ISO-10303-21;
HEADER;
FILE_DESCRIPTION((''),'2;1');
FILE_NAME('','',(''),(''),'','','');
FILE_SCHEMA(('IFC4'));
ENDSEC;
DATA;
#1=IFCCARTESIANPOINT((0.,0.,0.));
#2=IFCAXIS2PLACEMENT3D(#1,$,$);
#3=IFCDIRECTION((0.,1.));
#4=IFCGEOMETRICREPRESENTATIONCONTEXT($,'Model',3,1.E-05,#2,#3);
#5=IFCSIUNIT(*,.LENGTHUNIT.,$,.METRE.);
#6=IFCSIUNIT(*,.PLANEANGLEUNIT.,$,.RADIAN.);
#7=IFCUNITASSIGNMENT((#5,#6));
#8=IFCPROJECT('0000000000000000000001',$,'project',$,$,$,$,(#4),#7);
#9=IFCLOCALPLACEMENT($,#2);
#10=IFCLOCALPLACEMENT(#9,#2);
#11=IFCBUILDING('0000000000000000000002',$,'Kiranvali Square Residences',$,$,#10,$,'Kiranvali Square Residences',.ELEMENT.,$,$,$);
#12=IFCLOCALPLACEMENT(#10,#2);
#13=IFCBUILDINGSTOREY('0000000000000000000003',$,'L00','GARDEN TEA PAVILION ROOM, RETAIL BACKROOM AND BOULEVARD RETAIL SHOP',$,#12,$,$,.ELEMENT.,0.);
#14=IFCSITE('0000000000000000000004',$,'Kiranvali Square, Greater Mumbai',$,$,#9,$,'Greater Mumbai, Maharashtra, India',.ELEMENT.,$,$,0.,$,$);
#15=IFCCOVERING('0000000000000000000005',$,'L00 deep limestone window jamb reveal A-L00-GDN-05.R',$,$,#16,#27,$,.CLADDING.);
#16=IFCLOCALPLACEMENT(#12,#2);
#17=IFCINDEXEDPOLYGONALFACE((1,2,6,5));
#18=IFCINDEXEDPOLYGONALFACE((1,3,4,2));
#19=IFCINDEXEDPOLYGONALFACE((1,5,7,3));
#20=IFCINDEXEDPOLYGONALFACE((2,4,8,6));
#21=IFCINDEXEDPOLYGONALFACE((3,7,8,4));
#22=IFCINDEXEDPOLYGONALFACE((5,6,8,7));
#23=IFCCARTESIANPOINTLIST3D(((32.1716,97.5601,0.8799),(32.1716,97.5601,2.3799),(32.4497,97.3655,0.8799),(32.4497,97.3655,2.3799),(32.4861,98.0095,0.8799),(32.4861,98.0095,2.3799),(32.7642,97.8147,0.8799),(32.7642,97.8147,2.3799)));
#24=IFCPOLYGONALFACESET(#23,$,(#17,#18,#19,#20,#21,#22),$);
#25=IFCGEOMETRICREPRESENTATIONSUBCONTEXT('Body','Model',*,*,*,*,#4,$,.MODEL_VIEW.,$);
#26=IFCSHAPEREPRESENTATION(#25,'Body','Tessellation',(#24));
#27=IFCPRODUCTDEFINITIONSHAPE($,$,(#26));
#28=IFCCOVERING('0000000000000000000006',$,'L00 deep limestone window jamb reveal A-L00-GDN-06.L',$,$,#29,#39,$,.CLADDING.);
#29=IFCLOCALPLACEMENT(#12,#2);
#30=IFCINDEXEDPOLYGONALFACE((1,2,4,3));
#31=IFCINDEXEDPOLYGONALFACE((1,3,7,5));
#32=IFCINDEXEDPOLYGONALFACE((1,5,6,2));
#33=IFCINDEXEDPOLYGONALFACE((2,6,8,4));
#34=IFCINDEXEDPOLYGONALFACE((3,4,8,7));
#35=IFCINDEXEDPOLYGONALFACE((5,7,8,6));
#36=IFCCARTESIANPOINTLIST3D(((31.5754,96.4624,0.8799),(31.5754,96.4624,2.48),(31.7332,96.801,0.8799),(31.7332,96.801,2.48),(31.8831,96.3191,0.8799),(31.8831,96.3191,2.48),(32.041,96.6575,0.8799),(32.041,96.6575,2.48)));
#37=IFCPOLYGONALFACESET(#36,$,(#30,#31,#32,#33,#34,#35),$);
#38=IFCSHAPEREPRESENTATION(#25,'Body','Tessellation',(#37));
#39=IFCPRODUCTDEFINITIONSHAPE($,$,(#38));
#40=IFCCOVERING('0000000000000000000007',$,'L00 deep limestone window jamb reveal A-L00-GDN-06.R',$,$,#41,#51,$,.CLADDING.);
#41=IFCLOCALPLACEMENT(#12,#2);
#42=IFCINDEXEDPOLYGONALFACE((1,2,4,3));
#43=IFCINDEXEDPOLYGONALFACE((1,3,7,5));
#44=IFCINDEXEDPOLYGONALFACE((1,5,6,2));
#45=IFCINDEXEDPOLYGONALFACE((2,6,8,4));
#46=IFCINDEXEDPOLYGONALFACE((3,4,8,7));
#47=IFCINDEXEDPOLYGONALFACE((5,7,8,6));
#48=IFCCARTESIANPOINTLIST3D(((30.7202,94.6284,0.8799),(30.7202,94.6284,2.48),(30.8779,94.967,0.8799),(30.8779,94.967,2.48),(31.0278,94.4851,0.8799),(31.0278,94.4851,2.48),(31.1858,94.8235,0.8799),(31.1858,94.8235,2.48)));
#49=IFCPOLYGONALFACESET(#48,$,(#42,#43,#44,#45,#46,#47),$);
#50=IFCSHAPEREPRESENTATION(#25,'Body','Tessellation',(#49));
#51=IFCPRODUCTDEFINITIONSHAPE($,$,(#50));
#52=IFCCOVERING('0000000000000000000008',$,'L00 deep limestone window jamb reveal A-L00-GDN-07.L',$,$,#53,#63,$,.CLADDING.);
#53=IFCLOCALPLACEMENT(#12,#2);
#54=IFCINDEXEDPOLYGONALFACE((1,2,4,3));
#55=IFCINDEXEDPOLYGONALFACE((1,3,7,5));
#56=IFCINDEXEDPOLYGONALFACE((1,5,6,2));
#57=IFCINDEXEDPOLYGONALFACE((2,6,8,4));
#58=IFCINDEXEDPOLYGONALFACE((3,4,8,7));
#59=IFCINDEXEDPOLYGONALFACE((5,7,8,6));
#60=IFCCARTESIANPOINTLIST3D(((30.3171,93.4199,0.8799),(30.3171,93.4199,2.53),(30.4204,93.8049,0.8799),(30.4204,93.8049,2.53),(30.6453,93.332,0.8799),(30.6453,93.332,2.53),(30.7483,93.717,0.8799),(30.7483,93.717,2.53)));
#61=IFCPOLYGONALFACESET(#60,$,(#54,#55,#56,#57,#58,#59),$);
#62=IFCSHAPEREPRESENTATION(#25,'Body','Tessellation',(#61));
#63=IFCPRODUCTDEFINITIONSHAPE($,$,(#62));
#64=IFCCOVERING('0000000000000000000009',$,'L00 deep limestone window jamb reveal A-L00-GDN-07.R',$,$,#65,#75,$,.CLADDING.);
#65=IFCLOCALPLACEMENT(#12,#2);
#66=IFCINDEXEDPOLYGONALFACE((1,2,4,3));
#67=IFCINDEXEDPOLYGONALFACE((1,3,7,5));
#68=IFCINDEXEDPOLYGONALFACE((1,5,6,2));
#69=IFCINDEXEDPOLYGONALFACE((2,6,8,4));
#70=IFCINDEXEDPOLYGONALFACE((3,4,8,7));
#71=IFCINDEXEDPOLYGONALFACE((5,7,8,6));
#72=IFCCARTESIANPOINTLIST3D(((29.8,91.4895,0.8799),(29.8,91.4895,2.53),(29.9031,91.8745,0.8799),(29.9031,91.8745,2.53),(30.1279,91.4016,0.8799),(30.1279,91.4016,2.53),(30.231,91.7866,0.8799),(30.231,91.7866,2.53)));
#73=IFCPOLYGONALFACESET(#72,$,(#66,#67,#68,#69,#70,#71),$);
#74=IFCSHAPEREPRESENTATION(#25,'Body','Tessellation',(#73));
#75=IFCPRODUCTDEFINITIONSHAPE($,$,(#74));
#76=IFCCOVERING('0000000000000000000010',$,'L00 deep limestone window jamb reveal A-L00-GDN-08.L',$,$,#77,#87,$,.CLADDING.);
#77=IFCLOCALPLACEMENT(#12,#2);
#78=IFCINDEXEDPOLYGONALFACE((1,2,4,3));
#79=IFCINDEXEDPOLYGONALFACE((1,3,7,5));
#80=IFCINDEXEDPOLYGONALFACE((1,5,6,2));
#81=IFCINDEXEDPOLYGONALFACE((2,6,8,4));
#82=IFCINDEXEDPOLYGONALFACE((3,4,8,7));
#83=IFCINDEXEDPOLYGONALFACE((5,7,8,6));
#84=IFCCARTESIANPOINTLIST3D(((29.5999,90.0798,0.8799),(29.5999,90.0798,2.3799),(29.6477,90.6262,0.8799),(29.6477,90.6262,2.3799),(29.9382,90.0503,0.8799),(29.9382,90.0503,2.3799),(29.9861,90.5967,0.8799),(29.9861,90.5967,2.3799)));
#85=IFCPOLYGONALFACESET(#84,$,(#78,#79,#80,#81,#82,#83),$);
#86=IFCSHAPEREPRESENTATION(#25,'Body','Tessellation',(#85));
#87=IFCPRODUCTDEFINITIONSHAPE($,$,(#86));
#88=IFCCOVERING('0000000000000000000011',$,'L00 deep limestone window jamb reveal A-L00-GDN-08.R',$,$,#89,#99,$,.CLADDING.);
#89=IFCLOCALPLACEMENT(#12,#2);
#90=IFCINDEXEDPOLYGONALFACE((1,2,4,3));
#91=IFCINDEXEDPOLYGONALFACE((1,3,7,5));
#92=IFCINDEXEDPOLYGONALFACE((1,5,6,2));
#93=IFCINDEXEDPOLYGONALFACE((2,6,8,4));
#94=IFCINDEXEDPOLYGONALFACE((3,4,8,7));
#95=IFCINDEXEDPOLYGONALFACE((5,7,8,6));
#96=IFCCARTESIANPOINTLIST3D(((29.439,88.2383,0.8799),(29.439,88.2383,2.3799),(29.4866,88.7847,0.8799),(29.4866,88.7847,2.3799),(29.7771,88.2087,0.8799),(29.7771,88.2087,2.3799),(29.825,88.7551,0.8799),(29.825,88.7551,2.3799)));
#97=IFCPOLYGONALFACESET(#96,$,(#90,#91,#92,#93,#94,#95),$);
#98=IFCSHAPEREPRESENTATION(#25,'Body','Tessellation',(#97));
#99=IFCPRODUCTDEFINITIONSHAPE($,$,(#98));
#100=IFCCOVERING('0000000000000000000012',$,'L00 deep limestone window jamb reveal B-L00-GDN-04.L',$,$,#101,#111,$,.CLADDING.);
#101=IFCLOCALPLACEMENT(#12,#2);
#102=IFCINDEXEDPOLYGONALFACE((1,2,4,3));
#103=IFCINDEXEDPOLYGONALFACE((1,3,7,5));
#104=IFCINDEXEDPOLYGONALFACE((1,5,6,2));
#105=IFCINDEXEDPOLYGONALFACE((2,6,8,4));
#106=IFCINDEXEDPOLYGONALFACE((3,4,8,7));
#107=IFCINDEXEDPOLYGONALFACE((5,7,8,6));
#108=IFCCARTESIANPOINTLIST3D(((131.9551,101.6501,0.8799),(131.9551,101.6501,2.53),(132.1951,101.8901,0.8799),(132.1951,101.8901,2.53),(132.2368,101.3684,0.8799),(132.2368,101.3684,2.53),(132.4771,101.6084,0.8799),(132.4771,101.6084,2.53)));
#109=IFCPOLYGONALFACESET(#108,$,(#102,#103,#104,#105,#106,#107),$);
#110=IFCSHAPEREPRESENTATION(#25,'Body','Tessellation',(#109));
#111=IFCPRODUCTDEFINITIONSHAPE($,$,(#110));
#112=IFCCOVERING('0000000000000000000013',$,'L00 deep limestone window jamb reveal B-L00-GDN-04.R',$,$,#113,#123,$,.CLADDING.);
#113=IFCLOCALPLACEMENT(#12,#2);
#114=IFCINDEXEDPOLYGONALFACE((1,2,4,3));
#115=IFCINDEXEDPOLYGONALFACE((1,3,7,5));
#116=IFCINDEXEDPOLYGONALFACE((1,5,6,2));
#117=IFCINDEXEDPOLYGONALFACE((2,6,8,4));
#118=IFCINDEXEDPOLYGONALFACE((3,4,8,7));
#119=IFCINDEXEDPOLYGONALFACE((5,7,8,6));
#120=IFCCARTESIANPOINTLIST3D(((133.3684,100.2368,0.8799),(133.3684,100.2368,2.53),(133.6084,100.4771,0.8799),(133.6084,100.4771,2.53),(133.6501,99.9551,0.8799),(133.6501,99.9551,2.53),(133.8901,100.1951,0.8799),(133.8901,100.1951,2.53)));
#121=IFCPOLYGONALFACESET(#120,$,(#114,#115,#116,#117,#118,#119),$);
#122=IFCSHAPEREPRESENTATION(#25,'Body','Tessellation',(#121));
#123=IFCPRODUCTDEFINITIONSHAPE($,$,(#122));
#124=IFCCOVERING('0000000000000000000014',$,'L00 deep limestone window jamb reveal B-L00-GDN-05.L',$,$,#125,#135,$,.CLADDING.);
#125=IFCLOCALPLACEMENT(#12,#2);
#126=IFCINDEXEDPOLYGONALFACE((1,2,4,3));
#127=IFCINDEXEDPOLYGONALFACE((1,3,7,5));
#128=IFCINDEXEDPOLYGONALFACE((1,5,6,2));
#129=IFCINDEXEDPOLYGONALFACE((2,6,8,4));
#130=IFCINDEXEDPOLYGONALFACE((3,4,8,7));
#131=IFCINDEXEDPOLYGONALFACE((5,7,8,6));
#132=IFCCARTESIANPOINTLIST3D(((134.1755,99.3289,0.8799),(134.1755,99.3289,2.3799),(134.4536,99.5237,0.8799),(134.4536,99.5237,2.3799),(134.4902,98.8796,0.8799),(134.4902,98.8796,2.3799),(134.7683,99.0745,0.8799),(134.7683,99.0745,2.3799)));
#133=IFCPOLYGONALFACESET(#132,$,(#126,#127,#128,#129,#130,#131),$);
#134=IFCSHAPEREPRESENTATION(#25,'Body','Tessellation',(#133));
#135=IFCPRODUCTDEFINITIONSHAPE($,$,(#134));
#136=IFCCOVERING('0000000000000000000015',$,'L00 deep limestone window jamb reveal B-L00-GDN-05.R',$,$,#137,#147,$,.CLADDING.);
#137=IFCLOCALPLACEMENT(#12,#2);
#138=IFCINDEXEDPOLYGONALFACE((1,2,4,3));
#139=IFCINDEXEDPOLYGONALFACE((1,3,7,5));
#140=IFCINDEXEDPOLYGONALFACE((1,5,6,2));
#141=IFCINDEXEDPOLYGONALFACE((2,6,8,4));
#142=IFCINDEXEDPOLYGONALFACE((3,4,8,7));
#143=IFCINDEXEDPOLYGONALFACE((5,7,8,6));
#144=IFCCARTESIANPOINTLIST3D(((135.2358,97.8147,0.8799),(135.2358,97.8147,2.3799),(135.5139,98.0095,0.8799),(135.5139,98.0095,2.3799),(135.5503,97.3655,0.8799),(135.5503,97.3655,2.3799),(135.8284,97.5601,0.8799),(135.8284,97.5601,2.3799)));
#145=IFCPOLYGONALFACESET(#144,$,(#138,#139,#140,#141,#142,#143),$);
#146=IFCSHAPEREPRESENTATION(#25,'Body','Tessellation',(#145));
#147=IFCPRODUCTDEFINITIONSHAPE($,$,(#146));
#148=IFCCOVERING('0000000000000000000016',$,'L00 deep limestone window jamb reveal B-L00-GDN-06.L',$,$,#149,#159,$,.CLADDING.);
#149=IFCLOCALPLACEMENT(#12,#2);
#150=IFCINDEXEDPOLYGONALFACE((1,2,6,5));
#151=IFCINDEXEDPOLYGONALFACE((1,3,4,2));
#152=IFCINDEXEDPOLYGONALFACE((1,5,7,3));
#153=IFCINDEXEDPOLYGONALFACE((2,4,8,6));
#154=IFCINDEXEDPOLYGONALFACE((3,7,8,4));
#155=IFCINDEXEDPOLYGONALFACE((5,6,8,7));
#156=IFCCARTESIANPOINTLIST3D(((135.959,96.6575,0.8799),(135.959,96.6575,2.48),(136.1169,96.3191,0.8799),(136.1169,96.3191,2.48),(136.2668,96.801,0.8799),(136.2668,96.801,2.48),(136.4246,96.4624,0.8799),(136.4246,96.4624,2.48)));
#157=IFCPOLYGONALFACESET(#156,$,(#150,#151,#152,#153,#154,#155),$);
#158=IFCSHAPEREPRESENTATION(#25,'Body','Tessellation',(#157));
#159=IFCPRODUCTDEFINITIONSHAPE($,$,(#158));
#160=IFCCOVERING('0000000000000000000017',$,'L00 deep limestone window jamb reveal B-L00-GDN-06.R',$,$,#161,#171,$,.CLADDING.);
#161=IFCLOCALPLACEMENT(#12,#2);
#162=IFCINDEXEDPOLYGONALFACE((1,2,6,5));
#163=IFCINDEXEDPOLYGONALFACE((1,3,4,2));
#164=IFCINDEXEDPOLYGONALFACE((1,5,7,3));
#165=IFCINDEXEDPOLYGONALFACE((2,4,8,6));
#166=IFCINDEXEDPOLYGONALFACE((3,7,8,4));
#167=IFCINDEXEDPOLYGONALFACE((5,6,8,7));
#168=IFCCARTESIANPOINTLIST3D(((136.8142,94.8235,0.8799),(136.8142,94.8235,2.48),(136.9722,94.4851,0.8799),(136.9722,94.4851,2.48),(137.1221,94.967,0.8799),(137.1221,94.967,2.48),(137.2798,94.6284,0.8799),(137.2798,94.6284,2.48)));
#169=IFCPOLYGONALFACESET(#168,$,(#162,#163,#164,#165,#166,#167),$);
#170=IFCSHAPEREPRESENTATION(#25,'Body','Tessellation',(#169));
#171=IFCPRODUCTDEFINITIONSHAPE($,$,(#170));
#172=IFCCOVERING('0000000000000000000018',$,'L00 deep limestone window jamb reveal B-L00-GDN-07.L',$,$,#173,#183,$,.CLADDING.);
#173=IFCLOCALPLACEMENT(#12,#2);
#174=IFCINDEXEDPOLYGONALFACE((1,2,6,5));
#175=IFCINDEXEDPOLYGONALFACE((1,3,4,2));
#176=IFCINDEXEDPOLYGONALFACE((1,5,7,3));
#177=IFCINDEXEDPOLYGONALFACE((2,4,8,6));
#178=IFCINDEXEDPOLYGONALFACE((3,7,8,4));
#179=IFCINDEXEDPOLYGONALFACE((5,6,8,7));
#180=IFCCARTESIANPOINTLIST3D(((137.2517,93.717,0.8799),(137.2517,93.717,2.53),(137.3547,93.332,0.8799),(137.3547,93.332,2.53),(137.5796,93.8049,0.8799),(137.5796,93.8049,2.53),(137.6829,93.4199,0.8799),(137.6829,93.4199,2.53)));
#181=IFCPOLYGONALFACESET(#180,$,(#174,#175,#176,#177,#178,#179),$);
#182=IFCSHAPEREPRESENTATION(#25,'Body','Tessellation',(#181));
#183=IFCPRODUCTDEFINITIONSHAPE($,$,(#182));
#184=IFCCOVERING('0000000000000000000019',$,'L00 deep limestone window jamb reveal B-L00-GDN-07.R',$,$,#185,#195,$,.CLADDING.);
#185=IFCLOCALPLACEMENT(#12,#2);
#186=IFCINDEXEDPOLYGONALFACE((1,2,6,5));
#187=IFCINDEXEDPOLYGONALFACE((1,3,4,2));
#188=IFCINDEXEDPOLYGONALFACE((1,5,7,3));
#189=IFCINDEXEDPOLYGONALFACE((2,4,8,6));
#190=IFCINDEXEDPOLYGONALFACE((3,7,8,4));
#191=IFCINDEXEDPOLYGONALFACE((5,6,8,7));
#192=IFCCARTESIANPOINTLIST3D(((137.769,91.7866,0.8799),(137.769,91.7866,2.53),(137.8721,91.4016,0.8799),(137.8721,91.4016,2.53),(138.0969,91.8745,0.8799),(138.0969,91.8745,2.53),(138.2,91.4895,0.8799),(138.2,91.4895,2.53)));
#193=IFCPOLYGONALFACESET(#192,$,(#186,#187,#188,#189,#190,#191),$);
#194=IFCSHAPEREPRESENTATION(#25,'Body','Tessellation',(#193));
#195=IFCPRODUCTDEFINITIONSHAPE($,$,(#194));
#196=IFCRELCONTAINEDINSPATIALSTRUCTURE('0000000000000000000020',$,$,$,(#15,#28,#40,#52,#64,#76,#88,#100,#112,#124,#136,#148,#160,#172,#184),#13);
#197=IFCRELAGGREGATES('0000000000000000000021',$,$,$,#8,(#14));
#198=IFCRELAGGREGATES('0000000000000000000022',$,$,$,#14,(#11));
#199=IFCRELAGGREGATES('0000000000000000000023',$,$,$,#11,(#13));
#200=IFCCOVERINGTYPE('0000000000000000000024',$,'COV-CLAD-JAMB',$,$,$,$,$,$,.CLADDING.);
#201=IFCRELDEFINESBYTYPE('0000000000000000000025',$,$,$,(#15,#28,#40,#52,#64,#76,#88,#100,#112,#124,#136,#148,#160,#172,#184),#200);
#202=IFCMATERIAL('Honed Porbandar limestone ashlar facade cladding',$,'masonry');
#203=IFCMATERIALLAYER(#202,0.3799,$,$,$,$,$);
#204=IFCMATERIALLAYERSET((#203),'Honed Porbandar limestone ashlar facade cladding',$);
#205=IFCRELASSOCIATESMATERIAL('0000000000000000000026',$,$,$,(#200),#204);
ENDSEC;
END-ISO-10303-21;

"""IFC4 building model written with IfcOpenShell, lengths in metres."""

from ifc_helpers import new_model, si_unit, direction, frame, origin, place, context, subcontext, project, spatial, polyline, outline, extrude, material, layer, layer_set, type_object, element, save


model = new_model("IFC4")

# Units and contexts
model_context = context("Model", 3, precision=1e-05, world=origin(), true_north=direction((0.0, 1.0)))
body_context = subcontext(model_context, "Body", "Model", "MODEL_VIEW")
ifc_project = project(units=[si_unit("LENGTHUNIT", "METRE"), si_unit("PLANEANGLEUNIT", "RADIAN")], contexts=[model_context])

# Site, building, storey
site_placement = place(None, origin())
site = spatial("IfcSite", under=ifc_project, at=site_placement, Name="Kiranvali Square, Greater Mumbai", LongName="Greater Mumbai, Maharashtra, India", CompositionType="ELEMENT", RefElevation=0.0)
building_placement = place(site_placement, origin())
building = spatial("IfcBuilding", under=site, at=building_placement, Name="Kiranvali Square Residences", LongName="Kiranvali Square Residences", CompositionType="ELEMENT")
storey_placement = place(building_placement, origin())
storey = spatial("IfcBuildingStorey", under=building, at=storey_placement, Name="L00", Description="GARDEN TEA PAVILION ROOM, RETAIL BACKROOM AND BOULEVARD RETAIL SHOP", CompositionType="ELEMENT", Elevation=0.0)

# Coverings
ifc_material = material(Name="Honed Porbandar limestone ashlar facade cladding", Category="masonry")
ifc_layer_1 = layer(ifc_material, 0.3799)
ifc_layer_set_1 = layer_set([ifc_layer_1], Name="Honed Porbandar limestone ashlar facade cladding")
covering_type_1 = type_object("IfcCoveringType", Name="COV-CLAD-JAMB", PredefinedType="CLADDING", material=ifc_layer_set_1)
covering_1_placement = place(storey_placement, frame((0.0, 0.0, 0.8799)))
element("IfcCovering", 1, at=covering_1_placement, inside=storey, type_object=covering_type_1, Name="L00 deep limestone window jamb reveal A-L00-GDN-05.R", PredefinedType="CLADDING", context=body_context, shape_type="SweptSolid", body=[
    extrude(outline(polyline([(32.4861, 98.0095), (32.1716, 97.5601), (32.4497, 97.3655), (32.7642, 97.8147), (32.4861, 98.0095)])), origin(), (0.0, 0.0, 1.0), 1.5),
])
covering_2_placement = place(storey_placement, frame((0.0, 0.0, 0.8799)))
element("IfcCovering", 2, at=covering_2_placement, inside=storey, type_object=covering_type_1, Name="L00 deep limestone window jamb reveal A-L00-GDN-06.L", PredefinedType="CLADDING", context=body_context, shape_type="SweptSolid", body=[
    extrude(outline(polyline([(31.7332, 96.801), (31.5754, 96.4624), (31.8831, 96.3191), (32.041, 96.6575), (31.7332, 96.801)])), origin(), (0.0, 0.0, 1.0), 1.6001),
])
covering_3_placement = place(storey_placement, frame((0.0, 0.0, 0.8799)))
element("IfcCovering", 3, at=covering_3_placement, inside=storey, type_object=covering_type_1, Name="L00 deep limestone window jamb reveal A-L00-GDN-06.R", PredefinedType="CLADDING", context=body_context, shape_type="SweptSolid", body=[
    extrude(outline(polyline([(30.8779, 94.967), (30.7202, 94.6284), (31.0278, 94.4851), (31.1858, 94.8235), (30.8779, 94.967)])), origin(), (0.0, 0.0, 1.0), 1.6001),
])
covering_4_placement = place(storey_placement, frame((0.0, 0.0, 0.8799)))
element("IfcCovering", 4, at=covering_4_placement, inside=storey, type_object=covering_type_1, Name="L00 deep limestone window jamb reveal A-L00-GDN-07.L", PredefinedType="CLADDING", context=body_context, shape_type="SweptSolid", body=[
    extrude(outline(polyline([(30.4204, 93.8049), (30.3171, 93.4199), (30.6453, 93.332), (30.7483, 93.717), (30.4204, 93.8049)])), origin(), (0.0, 0.0, 1.0), 1.6501),
])
covering_5_placement = place(storey_placement, frame((0.0, 0.0, 0.8799)))
element("IfcCovering", 5, at=covering_5_placement, inside=storey, type_object=covering_type_1, Name="L00 deep limestone window jamb reveal A-L00-GDN-07.R", PredefinedType="CLADDING", context=body_context, shape_type="SweptSolid", body=[
    extrude(outline(polyline([(29.9031, 91.8745), (29.8, 91.4895), (30.1279, 91.4016), (30.231, 91.7866), (29.9031, 91.8745)])), origin(), (0.0, 0.0, 1.0), 1.6501),
])
covering_6_placement = place(storey_placement, frame((0.0, 0.0, 0.8799)))
element("IfcCovering", 6, at=covering_6_placement, inside=storey, type_object=covering_type_1, Name="L00 deep limestone window jamb reveal A-L00-GDN-08.L", PredefinedType="CLADDING", context=body_context, shape_type="SweptSolid", body=[
    extrude(outline(polyline([(29.6477, 90.6262), (29.5999, 90.0798), (29.9382, 90.0503), (29.9861, 90.5967), (29.6477, 90.6262)])), origin(), (0.0, 0.0, 1.0), 1.5),
])
covering_7_placement = place(storey_placement, frame((0.0, 0.0, 0.8799)))
element("IfcCovering", 7, at=covering_7_placement, inside=storey, type_object=covering_type_1, Name="L00 deep limestone window jamb reveal A-L00-GDN-08.R", PredefinedType="CLADDING", context=body_context, shape_type="SweptSolid", body=[
    extrude(outline(polyline([(29.4866, 88.7847), (29.439, 88.2383), (29.7771, 88.2087), (29.825, 88.7551), (29.4866, 88.7847)])), origin(), (0.0, 0.0, 1.0), 1.5),
])
covering_8_placement = place(storey_placement, frame((0.0, 0.0, 0.8799)))
element("IfcCovering", 8, at=covering_8_placement, inside=storey, type_object=covering_type_1, Name="L00 deep limestone window jamb reveal B-L00-GDN-04.L", PredefinedType="CLADDING", context=body_context, shape_type="SweptSolid", body=[
    extrude(outline(polyline([(131.9551, 101.6501), (132.2368, 101.3684), (132.4771, 101.6084), (132.1951, 101.8901), (131.9551, 101.6501)])), origin(), (0.0, 0.0, 1.0), 1.6501),
])
covering_9_placement = place(storey_placement, frame((0.0, 0.0, 0.8799)))
element("IfcCovering", 9, at=covering_9_placement, inside=storey, type_object=covering_type_1, Name="L00 deep limestone window jamb reveal B-L00-GDN-04.R", PredefinedType="CLADDING", context=body_context, shape_type="SweptSolid", body=[
    extrude(outline(polyline([(133.3684, 100.2368), (133.6501, 99.9551), (133.8901, 100.1951), (133.6084, 100.4771), (133.3684, 100.2368)])), origin(), (0.0, 0.0, 1.0), 1.6501),
])
covering_10_placement = place(storey_placement, frame((0.0, 0.0, 0.8799)))
element("IfcCovering", 10, at=covering_10_placement, inside=storey, type_object=covering_type_1, Name="L00 deep limestone window jamb reveal B-L00-GDN-05.L", PredefinedType="CLADDING", context=body_context, shape_type="SweptSolid", body=[
    extrude(outline(polyline([(134.1755, 99.3289), (134.4902, 98.8796), (134.7683, 99.0745), (134.4536, 99.5237), (134.1755, 99.3289)])), origin(), (0.0, 0.0, 1.0), 1.5),
])
covering_11_placement = place(storey_placement, frame((0.0, 0.0, 0.8799)))
element("IfcCovering", 11, at=covering_11_placement, inside=storey, type_object=covering_type_1, Name="L00 deep limestone window jamb reveal B-L00-GDN-05.R", PredefinedType="CLADDING", context=body_context, shape_type="SweptSolid", body=[
    extrude(outline(polyline([(135.2358, 97.8147), (135.5503, 97.3655), (135.8284, 97.5601), (135.5139, 98.0095), (135.2358, 97.8147)])), origin(), (0.0, 0.0, 1.0), 1.5),
])
covering_12_placement = place(storey_placement, frame((0.0, 0.0, 0.8799)))
element("IfcCovering", 12, at=covering_12_placement, inside=storey, type_object=covering_type_1, Name="L00 deep limestone window jamb reveal B-L00-GDN-06.L", PredefinedType="CLADDING", context=body_context, shape_type="SweptSolid", body=[
    extrude(outline(polyline([(135.959, 96.6575), (136.1169, 96.3191), (136.4246, 96.4624), (136.2668, 96.801), (135.959, 96.6575)])), origin(), (0.0, 0.0, 1.0), 1.6001),
])
covering_13_placement = place(storey_placement, frame((0.0, 0.0, 0.8799)))
element("IfcCovering", 13, at=covering_13_placement, inside=storey, type_object=covering_type_1, Name="L00 deep limestone window jamb reveal B-L00-GDN-06.R", PredefinedType="CLADDING", context=body_context, shape_type="SweptSolid", body=[
    extrude(outline(polyline([(136.8142, 94.8235), (136.9722, 94.4851), (137.2798, 94.6284), (137.1221, 94.967), (136.8142, 94.8235)])), origin(), (0.0, 0.0, 1.0), 1.6001),
])
covering_14_placement = place(storey_placement, frame((0.0, 0.0, 0.8799)))
element("IfcCovering", 14, at=covering_14_placement, inside=storey, type_object=covering_type_1, Name="L00 deep limestone window jamb reveal B-L00-GDN-07.L", PredefinedType="CLADDING", context=body_context, shape_type="SweptSolid", body=[
    extrude(outline(polyline([(137.2517, 93.717), (137.3547, 93.332), (137.6829, 93.4199), (137.5796, 93.8049), (137.2517, 93.717)])), origin(), (0.0, 0.0, 1.0), 1.6501),
])
covering_15_placement = place(storey_placement, frame((0.0, 0.0, 0.8799)))
element("IfcCovering", 15, at=covering_15_placement, inside=storey, type_object=covering_type_1, Name="L00 deep limestone window jamb reveal B-L00-GDN-07.R", PredefinedType="CLADDING", context=body_context, shape_type="SweptSolid", body=[
    extrude(outline(polyline([(137.769, 91.7866), (137.8721, 91.4016), (138.2, 91.4895), (138.0969, 91.8745), (137.769, 91.7866)])), origin(), (0.0, 0.0, 1.0), 1.6501),
])

save(model, "model.ifc")
